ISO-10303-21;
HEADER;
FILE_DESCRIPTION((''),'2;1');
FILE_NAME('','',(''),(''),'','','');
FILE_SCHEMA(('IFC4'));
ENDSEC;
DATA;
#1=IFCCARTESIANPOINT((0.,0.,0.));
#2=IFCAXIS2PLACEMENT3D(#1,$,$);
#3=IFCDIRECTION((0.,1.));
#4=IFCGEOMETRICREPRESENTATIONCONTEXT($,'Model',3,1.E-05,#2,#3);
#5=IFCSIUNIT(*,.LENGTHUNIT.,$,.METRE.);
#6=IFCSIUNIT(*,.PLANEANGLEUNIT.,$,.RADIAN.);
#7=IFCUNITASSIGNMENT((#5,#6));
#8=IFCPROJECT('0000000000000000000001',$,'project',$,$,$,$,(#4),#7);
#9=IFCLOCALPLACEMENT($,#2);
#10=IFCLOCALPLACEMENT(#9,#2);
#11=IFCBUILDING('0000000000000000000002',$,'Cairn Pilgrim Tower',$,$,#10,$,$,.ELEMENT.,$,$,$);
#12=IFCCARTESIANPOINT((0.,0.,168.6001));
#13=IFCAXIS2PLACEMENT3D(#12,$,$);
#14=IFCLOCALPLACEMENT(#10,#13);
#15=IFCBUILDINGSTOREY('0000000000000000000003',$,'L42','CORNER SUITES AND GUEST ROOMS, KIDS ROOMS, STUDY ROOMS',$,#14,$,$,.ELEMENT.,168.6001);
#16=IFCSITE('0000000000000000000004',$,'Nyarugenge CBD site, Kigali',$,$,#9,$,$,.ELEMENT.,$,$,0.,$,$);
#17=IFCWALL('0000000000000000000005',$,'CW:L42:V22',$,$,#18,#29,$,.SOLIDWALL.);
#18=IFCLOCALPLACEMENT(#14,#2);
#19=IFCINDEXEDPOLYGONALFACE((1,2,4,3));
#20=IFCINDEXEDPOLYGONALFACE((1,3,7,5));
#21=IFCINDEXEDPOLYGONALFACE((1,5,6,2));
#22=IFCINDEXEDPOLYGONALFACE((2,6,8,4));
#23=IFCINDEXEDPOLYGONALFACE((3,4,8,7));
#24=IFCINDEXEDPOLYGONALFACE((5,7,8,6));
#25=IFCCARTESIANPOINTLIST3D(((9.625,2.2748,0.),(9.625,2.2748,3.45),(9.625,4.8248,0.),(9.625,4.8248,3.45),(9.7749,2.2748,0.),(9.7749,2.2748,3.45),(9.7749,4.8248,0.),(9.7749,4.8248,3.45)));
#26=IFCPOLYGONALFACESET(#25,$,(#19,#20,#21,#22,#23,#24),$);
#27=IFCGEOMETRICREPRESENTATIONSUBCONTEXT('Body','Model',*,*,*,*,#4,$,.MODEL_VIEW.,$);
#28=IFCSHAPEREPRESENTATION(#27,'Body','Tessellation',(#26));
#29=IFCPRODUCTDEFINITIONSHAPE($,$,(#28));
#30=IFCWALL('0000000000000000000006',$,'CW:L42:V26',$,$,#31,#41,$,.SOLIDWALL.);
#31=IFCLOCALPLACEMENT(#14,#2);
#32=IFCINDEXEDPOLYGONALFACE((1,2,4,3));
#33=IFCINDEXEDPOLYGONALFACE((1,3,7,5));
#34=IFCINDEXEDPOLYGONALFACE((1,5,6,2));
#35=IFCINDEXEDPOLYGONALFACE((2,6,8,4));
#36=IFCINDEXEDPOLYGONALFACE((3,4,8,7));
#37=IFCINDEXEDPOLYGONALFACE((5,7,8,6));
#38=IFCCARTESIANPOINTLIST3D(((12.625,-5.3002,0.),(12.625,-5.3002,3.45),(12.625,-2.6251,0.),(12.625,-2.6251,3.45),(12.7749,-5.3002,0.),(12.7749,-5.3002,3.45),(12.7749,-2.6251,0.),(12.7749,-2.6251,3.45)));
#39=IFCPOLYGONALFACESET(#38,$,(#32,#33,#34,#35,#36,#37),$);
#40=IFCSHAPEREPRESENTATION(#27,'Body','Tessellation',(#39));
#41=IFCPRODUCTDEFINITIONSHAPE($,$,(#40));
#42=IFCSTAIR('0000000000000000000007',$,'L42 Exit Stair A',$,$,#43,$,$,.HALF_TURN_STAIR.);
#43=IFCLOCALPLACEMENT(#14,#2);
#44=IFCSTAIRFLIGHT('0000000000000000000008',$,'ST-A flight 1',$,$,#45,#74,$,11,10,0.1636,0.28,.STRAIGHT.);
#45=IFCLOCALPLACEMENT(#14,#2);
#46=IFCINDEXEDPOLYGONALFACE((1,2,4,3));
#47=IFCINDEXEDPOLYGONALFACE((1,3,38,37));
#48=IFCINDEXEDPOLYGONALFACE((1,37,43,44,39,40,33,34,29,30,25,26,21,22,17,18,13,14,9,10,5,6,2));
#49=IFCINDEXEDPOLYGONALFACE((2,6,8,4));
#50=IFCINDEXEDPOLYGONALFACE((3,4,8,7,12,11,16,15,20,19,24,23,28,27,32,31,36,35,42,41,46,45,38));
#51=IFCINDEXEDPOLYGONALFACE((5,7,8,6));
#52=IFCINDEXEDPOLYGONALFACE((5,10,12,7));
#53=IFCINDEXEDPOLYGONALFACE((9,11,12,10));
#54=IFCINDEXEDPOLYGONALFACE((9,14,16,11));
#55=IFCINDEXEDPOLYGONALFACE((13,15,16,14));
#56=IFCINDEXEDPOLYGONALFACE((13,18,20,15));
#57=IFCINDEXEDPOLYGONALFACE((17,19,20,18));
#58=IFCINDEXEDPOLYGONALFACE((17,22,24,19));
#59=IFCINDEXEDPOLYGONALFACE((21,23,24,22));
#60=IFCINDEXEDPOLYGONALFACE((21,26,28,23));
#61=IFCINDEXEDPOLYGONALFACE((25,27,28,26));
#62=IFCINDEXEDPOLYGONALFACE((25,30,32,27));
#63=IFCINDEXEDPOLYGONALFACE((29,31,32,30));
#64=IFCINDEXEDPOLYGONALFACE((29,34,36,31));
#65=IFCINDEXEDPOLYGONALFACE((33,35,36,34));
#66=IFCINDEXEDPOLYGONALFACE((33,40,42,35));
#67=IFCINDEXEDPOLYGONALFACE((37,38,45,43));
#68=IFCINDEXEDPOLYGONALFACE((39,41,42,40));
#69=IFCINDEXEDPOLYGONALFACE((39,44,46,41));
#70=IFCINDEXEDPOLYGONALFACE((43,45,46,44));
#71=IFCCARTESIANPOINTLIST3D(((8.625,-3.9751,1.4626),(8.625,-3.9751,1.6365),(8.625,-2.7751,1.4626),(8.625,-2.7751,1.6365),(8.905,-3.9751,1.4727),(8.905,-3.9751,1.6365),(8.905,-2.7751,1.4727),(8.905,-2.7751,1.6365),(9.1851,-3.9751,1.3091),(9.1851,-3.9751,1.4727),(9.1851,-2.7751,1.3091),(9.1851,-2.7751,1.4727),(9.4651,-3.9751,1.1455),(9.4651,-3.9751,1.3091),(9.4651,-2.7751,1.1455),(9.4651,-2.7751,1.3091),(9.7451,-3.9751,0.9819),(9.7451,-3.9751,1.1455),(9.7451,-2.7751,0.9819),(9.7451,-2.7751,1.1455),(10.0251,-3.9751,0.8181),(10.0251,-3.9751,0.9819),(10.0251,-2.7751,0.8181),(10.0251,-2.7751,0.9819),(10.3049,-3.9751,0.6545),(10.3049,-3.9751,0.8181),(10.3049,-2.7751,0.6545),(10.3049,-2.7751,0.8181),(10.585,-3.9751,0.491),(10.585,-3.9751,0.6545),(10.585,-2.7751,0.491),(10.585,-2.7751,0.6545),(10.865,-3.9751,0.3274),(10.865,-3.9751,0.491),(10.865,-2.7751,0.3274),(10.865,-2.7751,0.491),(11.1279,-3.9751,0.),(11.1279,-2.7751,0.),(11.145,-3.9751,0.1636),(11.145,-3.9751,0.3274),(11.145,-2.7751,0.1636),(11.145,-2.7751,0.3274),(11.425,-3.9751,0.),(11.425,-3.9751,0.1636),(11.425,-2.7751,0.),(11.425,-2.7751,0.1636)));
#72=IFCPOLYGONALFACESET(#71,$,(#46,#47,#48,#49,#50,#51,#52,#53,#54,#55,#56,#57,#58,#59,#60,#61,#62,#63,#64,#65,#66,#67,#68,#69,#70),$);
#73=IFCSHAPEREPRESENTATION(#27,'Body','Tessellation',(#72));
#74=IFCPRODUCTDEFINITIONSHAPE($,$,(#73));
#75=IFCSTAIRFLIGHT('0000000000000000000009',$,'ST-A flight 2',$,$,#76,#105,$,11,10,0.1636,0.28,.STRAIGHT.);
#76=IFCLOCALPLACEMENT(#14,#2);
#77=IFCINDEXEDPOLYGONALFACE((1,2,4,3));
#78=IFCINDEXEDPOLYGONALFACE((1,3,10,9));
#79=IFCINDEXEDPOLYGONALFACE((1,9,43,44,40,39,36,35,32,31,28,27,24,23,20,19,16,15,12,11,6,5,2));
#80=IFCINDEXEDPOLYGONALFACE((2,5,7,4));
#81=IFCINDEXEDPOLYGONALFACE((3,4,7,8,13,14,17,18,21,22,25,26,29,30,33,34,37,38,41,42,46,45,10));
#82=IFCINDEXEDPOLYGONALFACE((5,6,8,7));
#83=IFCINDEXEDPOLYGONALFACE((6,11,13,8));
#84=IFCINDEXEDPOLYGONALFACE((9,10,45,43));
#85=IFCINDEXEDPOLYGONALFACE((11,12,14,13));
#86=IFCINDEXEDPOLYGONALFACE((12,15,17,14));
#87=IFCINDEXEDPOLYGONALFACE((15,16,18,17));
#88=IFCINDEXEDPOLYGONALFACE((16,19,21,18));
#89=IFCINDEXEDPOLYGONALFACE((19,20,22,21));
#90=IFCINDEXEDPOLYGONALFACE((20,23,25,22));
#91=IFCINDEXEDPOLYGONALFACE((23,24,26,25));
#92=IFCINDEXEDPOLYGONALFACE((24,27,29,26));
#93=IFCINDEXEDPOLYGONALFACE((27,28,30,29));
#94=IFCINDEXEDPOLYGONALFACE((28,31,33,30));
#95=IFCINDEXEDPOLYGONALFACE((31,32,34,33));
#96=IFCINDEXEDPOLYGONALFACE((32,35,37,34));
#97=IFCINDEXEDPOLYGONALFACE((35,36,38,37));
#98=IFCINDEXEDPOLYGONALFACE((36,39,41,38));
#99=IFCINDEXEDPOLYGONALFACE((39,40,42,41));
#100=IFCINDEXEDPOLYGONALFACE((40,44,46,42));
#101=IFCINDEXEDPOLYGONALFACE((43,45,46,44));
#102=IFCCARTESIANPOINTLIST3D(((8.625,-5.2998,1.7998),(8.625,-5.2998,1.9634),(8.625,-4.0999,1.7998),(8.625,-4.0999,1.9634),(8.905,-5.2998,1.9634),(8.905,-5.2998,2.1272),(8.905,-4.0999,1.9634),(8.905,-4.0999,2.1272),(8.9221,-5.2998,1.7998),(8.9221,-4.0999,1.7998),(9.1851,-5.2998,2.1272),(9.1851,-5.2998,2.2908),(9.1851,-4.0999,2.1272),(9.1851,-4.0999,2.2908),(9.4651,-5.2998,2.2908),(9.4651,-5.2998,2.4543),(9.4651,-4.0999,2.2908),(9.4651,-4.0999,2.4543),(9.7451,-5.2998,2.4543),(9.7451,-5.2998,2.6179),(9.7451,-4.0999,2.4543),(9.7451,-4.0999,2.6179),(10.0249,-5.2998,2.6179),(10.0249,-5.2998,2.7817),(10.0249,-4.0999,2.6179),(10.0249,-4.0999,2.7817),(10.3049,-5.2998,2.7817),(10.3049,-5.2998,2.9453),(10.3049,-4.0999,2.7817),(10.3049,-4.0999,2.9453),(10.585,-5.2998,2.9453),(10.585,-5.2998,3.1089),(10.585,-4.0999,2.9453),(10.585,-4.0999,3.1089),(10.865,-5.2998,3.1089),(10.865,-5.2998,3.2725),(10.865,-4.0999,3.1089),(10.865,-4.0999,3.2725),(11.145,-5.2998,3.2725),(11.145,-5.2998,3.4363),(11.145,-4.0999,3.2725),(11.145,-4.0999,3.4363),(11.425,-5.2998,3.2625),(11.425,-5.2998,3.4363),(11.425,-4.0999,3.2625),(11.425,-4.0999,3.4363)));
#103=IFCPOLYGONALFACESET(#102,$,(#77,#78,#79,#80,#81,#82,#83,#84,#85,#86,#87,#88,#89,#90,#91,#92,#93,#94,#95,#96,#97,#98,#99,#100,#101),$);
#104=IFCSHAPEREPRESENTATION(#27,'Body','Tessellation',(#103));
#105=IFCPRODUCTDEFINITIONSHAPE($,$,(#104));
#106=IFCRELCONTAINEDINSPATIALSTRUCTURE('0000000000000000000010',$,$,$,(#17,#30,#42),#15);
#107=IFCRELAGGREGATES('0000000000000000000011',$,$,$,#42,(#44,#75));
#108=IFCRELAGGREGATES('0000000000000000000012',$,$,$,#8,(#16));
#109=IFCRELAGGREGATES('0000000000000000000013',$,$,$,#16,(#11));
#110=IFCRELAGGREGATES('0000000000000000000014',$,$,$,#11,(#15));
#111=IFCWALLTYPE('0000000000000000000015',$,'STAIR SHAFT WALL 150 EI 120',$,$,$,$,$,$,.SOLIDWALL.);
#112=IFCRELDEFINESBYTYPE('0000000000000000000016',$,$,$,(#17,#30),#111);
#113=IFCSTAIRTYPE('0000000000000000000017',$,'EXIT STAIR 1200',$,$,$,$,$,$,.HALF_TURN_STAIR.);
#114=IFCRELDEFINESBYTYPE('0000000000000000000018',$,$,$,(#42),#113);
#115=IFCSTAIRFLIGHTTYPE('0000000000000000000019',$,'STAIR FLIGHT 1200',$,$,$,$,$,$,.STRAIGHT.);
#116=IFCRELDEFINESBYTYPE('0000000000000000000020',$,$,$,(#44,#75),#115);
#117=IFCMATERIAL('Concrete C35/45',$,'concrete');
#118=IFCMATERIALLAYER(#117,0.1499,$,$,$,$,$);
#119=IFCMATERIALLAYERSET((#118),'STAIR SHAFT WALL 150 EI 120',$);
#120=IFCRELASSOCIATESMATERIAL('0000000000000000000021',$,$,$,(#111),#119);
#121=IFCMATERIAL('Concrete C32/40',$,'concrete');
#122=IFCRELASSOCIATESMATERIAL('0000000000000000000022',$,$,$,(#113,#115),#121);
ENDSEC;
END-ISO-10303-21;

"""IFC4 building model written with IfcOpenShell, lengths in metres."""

from ifc_helpers import new_model, si_unit, direction, frame, frame_2d, origin, place, context, subcontext, project, spatial, polyline, rectangle, outline, extrude, material, layer, layer_set, type_object, element, aggregate, save


model = new_model("IFC4")

# Units and contexts
model_context = context("Model", 3, precision=1e-05, world=origin(), true_north=direction((0.0, 1.0)))
body_context = subcontext(model_context, "Body", "Model", "MODEL_VIEW")
ifc_project = project(units=[si_unit("LENGTHUNIT", "METRE"), si_unit("PLANEANGLEUNIT", "RADIAN")], contexts=[model_context])

# Site, building, storey
site_placement = place(None, origin())
site = spatial("IfcSite", under=ifc_project, at=site_placement, Name="Nyarugenge CBD site, Kigali", CompositionType="ELEMENT", RefElevation=0.0)
building_placement = place(site_placement, origin())
building = spatial("IfcBuilding", under=site, at=building_placement, Name="Cairn Pilgrim Tower", CompositionType="ELEMENT")
storey_placement = place(building_placement, frame((0.0, 0.0, 168.6001)))
storey = spatial("IfcBuildingStorey", under=building, at=storey_placement, Name="L42", Description="CORNER SUITES AND GUEST ROOMS, KIDS ROOMS, STUDY ROOMS", CompositionType="ELEMENT", Elevation=168.6001)

# Shared definitions
ifc_material_1 = material(Name="Concrete C32/40", Category="concrete")

# Walls
ifc_material_2 = material(Name="Concrete C35/45", Category="concrete")
ifc_layer_1 = layer(ifc_material_2, 0.1499)
ifc_layer_set_1 = layer_set([ifc_layer_1], Name="STAIR SHAFT WALL 150 EI 120")
wall_type_1 = type_object("IfcWallType", Name="STAIR SHAFT WALL 150 EI 120", PredefinedType="SOLIDWALL", material=ifc_layer_set_1)
wall_1_placement = place(storey_placement, frame((9.7, 2.2749, 0.0), z_axis=(0.0, 0.0, 1.0), x_axis=(0.0, 1.0, 0.0)))
element("IfcWall", 1, at=wall_1_placement, inside=storey, type_object=wall_type_1, Name="CW:L42:V22", PredefinedType="SOLIDWALL", context=body_context, shape_type="SweptSolid", body=[
    extrude(rectangle(XDim=2.55, YDim=0.1499, at=frame_2d((1.2749, 0.0))), origin(), (0.0, 0.0, 1.0), 3.45),
])
wall_2_placement = place(storey_placement, frame((12.7, -5.3, 0.0), z_axis=(0.0, 0.0, 1.0), x_axis=(0.0, 1.0, 0.0)))
element("IfcWall", 2, at=wall_2_placement, inside=storey, type_object=wall_type_1, Name="CW:L42:V26", PredefinedType="SOLIDWALL", context=body_context, shape_type="SweptSolid", body=[
    extrude(rectangle(XDim=2.675, YDim=0.1499, at=frame_2d((1.3374, 0.0))), origin(), (0.0, 0.0, 1.0), 3.45),
])

# Stair, stair flights
stair_type = type_object("IfcStairType", Name="EXIT STAIR 1200", PredefinedType="HALF_TURN_STAIR", material=ifc_material_1)
stair_placement = place(storey_placement, origin())
stair = element("IfcStair", 3, at=stair_placement, inside=storey, type_object=stair_type, Name="L42 Exit Stair A", PredefinedType="HALF_TURN_STAIR")
stair_flight_type = type_object("IfcStairFlightType", Name="STAIR FLIGHT 1200", PredefinedType="STRAIGHT", material=ifc_material_1)
stair_flight_1_placement = place(storey_placement, frame((11.425, -3.375, 0.0), z_axis=(0.0, 0.0, 1.0), x_axis=(-1.0, 0.0, 0.0)))
stair_flight_1 = element("IfcStairFlight", 4, at=stair_flight_1_placement, type_object=stair_flight_type, Name="ST-A flight 1", NumberOfRisers=11, NumberOfTreads=10, PredefinedType="STRAIGHT", RiserHeight=0.1636, TreadLength=0.28, context=body_context, shape_type="SweptSolid", body=[
    extrude(outline(polyline([(0.0, 0.0), (0.0, 0.1636), (0.28, 0.1636), (0.28, 0.3274), (0.5601, 0.3274), (0.5601, 0.491), (0.8401, 0.491), (0.8401, 0.6545), (1.1201, 0.6545), (1.1201, 0.8181), (1.3999, 0.8181), (1.3999, 0.9819), (1.6799, 0.9819), (1.6799, 1.1455), (1.96, 1.1455), (1.96, 1.3091), (2.24, 1.3091), (2.24, 1.4727), (2.52, 1.4727), (2.52, 1.6365), (2.8, 1.6365), (2.8, 1.8), (2.8, 1.4626), (0.2971, 0.0), (0.0, 0.0)])), frame((0.0, 0.6001, 0.0), z_axis=(0.0, -1.0, 0.0), x_axis=(1.0, 0.0, 0.0)), (0.0, 0.0, 1.0), 1.2),
])
stair_flight_2_placement = place(storey_placement, frame((8.625, -4.7, 1.7998), z_axis=(0.0, 0.0, 1.0), x_axis=(1.0, 0.0, 0.0)))
stair_flight_2 = element("IfcStairFlight", 5, at=stair_flight_2_placement, type_object=stair_flight_type, Name="ST-A flight 2", NumberOfRisers=11, NumberOfTreads=10, PredefinedType="STRAIGHT", RiserHeight=0.1636, TreadLength=0.28, context=body_context, shape_type="SweptSolid", body=[
    extrude(outline(polyline([(0.0, 0.0), (0.0, 0.1636), (0.28, 0.1636), (0.28, 0.3274), (0.5601, 0.3274), (0.5601, 0.491), (0.8401, 0.491), (0.8401, 0.6545), (1.1201, 0.6545), (1.1201, 0.8181), (1.3999, 0.8181), (1.3999, 0.9819), (1.6799, 0.9819), (1.6799, 1.1455), (1.96, 1.1455), (1.96, 1.3091), (2.24, 1.3091), (2.24, 1.4727), (2.52, 1.4727), (2.52, 1.6365), (2.8, 1.6365), (2.8, 1.8), (2.8, 1.4626), (0.2971, 0.0), (0.0, 0.0)])), frame((0.0, 0.6001, 0.0), z_axis=(0.0, -1.0, 0.0), x_axis=(1.0, 0.0, 0.0)), (0.0, 0.0, 1.0), 1.2),
])
aggregate(stair, [stair_flight_1, stair_flight_2])

save(model, "model.ifc")
